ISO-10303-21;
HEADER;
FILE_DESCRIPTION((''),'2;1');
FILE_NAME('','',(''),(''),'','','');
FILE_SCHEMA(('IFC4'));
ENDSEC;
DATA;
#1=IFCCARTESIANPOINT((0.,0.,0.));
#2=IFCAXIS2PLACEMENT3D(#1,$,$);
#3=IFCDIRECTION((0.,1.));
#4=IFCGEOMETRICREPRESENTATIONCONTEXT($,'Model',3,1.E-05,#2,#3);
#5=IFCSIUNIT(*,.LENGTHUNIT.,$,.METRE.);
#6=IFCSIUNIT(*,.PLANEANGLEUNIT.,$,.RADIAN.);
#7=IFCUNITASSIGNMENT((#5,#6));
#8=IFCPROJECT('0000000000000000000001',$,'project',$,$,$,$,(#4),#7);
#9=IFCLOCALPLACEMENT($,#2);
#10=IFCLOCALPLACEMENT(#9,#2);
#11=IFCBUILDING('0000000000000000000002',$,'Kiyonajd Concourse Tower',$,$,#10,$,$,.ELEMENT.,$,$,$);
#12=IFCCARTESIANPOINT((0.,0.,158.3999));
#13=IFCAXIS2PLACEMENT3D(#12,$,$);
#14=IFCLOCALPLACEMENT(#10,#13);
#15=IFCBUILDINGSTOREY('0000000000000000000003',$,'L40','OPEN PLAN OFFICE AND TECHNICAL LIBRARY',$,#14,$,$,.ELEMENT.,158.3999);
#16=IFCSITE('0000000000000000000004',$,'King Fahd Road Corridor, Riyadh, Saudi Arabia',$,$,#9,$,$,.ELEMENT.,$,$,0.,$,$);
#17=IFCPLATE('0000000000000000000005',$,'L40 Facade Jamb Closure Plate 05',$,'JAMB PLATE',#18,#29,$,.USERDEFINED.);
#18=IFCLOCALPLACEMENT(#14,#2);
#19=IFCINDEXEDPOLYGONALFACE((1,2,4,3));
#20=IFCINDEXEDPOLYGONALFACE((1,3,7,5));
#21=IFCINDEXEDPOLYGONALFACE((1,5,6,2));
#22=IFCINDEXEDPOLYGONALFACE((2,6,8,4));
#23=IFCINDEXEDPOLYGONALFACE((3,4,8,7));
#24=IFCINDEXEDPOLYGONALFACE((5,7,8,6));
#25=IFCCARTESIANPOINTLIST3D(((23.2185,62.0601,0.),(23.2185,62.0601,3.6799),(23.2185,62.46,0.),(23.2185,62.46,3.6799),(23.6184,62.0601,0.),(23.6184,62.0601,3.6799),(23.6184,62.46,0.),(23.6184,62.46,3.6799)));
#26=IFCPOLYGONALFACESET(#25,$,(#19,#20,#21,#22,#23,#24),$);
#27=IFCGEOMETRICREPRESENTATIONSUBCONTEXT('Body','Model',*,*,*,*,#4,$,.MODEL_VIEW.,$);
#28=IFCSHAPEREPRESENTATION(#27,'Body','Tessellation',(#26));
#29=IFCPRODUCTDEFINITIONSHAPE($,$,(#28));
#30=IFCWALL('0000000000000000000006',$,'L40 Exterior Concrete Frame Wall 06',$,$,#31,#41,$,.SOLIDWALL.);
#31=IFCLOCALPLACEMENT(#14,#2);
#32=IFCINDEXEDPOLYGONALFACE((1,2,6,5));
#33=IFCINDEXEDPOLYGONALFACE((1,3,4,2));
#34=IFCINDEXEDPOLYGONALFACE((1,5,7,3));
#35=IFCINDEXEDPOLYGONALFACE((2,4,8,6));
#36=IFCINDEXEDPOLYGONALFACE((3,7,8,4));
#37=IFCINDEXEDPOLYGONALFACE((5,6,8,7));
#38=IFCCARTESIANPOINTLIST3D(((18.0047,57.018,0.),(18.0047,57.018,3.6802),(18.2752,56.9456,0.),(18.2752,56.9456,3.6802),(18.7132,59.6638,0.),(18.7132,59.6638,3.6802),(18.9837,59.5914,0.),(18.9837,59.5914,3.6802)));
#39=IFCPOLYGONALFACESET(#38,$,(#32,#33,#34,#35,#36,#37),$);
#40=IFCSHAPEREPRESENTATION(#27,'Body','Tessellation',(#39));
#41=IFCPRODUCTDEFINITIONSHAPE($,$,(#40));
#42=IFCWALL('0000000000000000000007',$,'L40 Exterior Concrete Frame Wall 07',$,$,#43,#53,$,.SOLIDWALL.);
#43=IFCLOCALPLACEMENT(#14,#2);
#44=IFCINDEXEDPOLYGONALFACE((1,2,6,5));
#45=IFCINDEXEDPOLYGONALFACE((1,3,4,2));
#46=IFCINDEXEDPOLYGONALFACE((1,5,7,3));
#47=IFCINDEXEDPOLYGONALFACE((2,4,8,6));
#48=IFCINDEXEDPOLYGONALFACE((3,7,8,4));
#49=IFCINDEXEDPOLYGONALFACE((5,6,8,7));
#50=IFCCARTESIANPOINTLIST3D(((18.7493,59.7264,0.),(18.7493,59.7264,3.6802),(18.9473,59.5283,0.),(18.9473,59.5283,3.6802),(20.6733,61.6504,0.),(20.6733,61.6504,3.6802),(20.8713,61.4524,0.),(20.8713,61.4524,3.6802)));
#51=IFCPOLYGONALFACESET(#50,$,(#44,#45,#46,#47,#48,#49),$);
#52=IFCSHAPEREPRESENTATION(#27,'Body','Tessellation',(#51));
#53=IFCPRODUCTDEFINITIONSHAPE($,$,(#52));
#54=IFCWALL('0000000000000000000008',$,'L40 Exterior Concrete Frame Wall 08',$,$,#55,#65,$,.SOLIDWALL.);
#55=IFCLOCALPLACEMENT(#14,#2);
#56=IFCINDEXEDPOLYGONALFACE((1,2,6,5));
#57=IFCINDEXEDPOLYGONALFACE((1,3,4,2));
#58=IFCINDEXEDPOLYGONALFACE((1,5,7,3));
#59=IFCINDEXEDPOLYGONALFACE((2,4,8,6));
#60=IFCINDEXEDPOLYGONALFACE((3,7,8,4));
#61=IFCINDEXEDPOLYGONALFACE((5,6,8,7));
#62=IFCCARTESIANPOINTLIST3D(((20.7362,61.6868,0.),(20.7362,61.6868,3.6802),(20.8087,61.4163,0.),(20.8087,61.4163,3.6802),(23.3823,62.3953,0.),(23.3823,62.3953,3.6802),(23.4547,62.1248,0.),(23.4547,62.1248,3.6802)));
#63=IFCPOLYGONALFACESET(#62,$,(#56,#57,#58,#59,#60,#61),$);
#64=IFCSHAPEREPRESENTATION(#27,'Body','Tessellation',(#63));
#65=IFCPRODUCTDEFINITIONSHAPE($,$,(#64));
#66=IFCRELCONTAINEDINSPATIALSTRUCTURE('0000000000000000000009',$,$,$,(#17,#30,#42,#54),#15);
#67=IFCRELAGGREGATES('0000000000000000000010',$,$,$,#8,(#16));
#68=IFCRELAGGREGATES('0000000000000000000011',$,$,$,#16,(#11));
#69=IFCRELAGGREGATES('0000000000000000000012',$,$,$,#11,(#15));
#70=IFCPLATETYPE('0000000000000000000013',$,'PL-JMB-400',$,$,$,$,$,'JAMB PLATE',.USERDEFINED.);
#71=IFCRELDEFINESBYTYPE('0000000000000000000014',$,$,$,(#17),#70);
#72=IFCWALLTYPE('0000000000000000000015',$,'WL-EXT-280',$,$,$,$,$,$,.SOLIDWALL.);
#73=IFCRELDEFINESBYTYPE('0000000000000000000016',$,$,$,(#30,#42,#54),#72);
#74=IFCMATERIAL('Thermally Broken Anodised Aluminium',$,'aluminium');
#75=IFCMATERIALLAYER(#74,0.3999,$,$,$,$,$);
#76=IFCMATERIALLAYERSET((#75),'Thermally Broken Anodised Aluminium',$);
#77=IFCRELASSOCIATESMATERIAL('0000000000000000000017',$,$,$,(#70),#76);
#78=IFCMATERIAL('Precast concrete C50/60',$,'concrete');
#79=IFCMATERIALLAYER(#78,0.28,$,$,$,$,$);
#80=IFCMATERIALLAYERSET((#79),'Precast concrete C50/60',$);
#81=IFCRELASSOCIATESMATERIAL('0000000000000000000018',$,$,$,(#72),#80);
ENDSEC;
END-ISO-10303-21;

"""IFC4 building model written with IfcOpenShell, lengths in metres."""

from ifc_helpers import new_model, si_unit, direction, frame, frame_2d, origin, origin_2d, place, context, subcontext, project, spatial, rectangle, extrude, material, layer, layer_set, type_object, element, save


model = new_model("IFC4")

# Units and contexts
model_context = context("Model", 3, precision=1e-05, world=origin(), true_north=direction((0.0, 1.0)))
body_context = subcontext(model_context, "Body", "Model", "MODEL_VIEW")
ifc_project = project(units=[si_unit("LENGTHUNIT", "METRE"), si_unit("PLANEANGLEUNIT", "RADIAN")], contexts=[model_context])

# Site, building, storey
site_placement = place(None, origin())
site = spatial("IfcSite", under=ifc_project, at=site_placement, Name="King Fahd Road Corridor, Riyadh, Saudi Arabia", CompositionType="ELEMENT", RefElevation=0.0)
building_placement = place(site_placement, origin())
building = spatial("IfcBuilding", under=site, at=building_placement, Name="Kiyonajd Concourse Tower", CompositionType="ELEMENT")
storey_placement = place(building_placement, frame((0.0, 0.0, 158.3999)))
storey = spatial("IfcBuildingStorey", under=building, at=storey_placement, Name="L40", Description="OPEN PLAN OFFICE AND TECHNICAL LIBRARY", CompositionType="ELEMENT", Elevation=158.3999)

# Shared definitions
ifc_material_1 = material(Name="Thermally Broken Anodised Aluminium", Category="aluminium")

# Plate
ifc_layer_1 = layer(ifc_material_1, 0.3999)
ifc_layer_set_1 = layer_set([ifc_layer_1], Name="Thermally Broken Anodised Aluminium")
plate_type_1 = type_object("IfcPlateType", Name="PL-JMB-400", ElementType="JAMB PLATE", PredefinedType="USERDEFINED", material=ifc_layer_set_1)
for number, where, z_axis, x_axis, name in (
    (1, (23.4185, 62.26, 0.0), (0.0, 0.0, 1.0), (1.0, 0.0, 0.0), "L40 Facade Jamb Closure Plate 05"),
):
    element("IfcPlate", number, at=place(storey_placement, frame(where, z_axis=z_axis, x_axis=x_axis)), inside=storey, type_object=plate_type_1, Name=name, ObjectType="JAMB PLATE", PredefinedType="USERDEFINED", context=body_context, shape_type="SweptSolid", body=[
        extrude(rectangle(XDim=0.3999, YDim=0.3999, at=origin_2d()), origin(), (0.0, 0.0, 1.0), 3.6799),
    ])

# Walls
ifc_material_2 = material(Name="Precast concrete C50/60", Category="concrete")
ifc_layer_2 = layer(ifc_material_2, 0.28)
ifc_layer_set_2 = layer_set([ifc_layer_2], Name="Precast concrete C50/60")
wall_type = type_object("IfcWallType", Name="WL-EXT-280", PredefinedType="SOLIDWALL", material=ifc_layer_set_2)
wall_1_placement = place(storey_placement, frame((18.1399, 56.9817, 0.0), z_axis=(0.0, 0.0, 1.0), x_axis=(0.258672, 0.965965, 0.0)))
element("IfcWall", 2, at=wall_1_placement, inside=storey, type_object=wall_type, Name="L40 Exterior Concrete Frame Wall 06", PredefinedType="SOLIDWALL", context=body_context, shape_type="SweptSolid", body=[
    extrude(rectangle(XDim=2.739, YDim=0.28, at=frame_2d((1.3696, 0.0))), origin(), (0.0, 0.0, 1.0), 3.6802),
])
wall_2_placement = place(storey_placement, frame((18.8484, 59.6274, 0.0), z_axis=(0.0, 0.0, 1.0), x_axis=(0.707107, 0.707107, 0.0)))
element("IfcWall", 3, at=wall_2_placement, inside=storey, type_object=wall_type, Name="L40 Exterior Concrete Frame Wall 07", PredefinedType="SOLIDWALL", context=body_context, shape_type="SweptSolid", body=[
    extrude(rectangle(XDim=2.7209, YDim=0.28, at=frame_2d((1.3604, 0.0))), origin(), (0.0, 0.0, 1.0), 3.6802),
])
wall_3_placement = place(storey_placement, frame((20.7725, 61.5515, 0.0), z_axis=(0.0, 0.0, 1.0), x_axis=(0.965971, 0.25865, 0.0)))
element("IfcWall", 4, at=wall_3_placement, inside=storey, type_object=wall_type, Name="L40 Exterior Concrete Frame Wall 08", PredefinedType="SOLIDWALL", context=body_context, shape_type="SweptSolid", body=[
    extrude(rectangle(XDim=2.7393, YDim=0.28, at=frame_2d((1.3696, 0.0))), origin(), (0.0, 0.0, 1.0), 3.6802),
])

save(model, "model.ifc")
